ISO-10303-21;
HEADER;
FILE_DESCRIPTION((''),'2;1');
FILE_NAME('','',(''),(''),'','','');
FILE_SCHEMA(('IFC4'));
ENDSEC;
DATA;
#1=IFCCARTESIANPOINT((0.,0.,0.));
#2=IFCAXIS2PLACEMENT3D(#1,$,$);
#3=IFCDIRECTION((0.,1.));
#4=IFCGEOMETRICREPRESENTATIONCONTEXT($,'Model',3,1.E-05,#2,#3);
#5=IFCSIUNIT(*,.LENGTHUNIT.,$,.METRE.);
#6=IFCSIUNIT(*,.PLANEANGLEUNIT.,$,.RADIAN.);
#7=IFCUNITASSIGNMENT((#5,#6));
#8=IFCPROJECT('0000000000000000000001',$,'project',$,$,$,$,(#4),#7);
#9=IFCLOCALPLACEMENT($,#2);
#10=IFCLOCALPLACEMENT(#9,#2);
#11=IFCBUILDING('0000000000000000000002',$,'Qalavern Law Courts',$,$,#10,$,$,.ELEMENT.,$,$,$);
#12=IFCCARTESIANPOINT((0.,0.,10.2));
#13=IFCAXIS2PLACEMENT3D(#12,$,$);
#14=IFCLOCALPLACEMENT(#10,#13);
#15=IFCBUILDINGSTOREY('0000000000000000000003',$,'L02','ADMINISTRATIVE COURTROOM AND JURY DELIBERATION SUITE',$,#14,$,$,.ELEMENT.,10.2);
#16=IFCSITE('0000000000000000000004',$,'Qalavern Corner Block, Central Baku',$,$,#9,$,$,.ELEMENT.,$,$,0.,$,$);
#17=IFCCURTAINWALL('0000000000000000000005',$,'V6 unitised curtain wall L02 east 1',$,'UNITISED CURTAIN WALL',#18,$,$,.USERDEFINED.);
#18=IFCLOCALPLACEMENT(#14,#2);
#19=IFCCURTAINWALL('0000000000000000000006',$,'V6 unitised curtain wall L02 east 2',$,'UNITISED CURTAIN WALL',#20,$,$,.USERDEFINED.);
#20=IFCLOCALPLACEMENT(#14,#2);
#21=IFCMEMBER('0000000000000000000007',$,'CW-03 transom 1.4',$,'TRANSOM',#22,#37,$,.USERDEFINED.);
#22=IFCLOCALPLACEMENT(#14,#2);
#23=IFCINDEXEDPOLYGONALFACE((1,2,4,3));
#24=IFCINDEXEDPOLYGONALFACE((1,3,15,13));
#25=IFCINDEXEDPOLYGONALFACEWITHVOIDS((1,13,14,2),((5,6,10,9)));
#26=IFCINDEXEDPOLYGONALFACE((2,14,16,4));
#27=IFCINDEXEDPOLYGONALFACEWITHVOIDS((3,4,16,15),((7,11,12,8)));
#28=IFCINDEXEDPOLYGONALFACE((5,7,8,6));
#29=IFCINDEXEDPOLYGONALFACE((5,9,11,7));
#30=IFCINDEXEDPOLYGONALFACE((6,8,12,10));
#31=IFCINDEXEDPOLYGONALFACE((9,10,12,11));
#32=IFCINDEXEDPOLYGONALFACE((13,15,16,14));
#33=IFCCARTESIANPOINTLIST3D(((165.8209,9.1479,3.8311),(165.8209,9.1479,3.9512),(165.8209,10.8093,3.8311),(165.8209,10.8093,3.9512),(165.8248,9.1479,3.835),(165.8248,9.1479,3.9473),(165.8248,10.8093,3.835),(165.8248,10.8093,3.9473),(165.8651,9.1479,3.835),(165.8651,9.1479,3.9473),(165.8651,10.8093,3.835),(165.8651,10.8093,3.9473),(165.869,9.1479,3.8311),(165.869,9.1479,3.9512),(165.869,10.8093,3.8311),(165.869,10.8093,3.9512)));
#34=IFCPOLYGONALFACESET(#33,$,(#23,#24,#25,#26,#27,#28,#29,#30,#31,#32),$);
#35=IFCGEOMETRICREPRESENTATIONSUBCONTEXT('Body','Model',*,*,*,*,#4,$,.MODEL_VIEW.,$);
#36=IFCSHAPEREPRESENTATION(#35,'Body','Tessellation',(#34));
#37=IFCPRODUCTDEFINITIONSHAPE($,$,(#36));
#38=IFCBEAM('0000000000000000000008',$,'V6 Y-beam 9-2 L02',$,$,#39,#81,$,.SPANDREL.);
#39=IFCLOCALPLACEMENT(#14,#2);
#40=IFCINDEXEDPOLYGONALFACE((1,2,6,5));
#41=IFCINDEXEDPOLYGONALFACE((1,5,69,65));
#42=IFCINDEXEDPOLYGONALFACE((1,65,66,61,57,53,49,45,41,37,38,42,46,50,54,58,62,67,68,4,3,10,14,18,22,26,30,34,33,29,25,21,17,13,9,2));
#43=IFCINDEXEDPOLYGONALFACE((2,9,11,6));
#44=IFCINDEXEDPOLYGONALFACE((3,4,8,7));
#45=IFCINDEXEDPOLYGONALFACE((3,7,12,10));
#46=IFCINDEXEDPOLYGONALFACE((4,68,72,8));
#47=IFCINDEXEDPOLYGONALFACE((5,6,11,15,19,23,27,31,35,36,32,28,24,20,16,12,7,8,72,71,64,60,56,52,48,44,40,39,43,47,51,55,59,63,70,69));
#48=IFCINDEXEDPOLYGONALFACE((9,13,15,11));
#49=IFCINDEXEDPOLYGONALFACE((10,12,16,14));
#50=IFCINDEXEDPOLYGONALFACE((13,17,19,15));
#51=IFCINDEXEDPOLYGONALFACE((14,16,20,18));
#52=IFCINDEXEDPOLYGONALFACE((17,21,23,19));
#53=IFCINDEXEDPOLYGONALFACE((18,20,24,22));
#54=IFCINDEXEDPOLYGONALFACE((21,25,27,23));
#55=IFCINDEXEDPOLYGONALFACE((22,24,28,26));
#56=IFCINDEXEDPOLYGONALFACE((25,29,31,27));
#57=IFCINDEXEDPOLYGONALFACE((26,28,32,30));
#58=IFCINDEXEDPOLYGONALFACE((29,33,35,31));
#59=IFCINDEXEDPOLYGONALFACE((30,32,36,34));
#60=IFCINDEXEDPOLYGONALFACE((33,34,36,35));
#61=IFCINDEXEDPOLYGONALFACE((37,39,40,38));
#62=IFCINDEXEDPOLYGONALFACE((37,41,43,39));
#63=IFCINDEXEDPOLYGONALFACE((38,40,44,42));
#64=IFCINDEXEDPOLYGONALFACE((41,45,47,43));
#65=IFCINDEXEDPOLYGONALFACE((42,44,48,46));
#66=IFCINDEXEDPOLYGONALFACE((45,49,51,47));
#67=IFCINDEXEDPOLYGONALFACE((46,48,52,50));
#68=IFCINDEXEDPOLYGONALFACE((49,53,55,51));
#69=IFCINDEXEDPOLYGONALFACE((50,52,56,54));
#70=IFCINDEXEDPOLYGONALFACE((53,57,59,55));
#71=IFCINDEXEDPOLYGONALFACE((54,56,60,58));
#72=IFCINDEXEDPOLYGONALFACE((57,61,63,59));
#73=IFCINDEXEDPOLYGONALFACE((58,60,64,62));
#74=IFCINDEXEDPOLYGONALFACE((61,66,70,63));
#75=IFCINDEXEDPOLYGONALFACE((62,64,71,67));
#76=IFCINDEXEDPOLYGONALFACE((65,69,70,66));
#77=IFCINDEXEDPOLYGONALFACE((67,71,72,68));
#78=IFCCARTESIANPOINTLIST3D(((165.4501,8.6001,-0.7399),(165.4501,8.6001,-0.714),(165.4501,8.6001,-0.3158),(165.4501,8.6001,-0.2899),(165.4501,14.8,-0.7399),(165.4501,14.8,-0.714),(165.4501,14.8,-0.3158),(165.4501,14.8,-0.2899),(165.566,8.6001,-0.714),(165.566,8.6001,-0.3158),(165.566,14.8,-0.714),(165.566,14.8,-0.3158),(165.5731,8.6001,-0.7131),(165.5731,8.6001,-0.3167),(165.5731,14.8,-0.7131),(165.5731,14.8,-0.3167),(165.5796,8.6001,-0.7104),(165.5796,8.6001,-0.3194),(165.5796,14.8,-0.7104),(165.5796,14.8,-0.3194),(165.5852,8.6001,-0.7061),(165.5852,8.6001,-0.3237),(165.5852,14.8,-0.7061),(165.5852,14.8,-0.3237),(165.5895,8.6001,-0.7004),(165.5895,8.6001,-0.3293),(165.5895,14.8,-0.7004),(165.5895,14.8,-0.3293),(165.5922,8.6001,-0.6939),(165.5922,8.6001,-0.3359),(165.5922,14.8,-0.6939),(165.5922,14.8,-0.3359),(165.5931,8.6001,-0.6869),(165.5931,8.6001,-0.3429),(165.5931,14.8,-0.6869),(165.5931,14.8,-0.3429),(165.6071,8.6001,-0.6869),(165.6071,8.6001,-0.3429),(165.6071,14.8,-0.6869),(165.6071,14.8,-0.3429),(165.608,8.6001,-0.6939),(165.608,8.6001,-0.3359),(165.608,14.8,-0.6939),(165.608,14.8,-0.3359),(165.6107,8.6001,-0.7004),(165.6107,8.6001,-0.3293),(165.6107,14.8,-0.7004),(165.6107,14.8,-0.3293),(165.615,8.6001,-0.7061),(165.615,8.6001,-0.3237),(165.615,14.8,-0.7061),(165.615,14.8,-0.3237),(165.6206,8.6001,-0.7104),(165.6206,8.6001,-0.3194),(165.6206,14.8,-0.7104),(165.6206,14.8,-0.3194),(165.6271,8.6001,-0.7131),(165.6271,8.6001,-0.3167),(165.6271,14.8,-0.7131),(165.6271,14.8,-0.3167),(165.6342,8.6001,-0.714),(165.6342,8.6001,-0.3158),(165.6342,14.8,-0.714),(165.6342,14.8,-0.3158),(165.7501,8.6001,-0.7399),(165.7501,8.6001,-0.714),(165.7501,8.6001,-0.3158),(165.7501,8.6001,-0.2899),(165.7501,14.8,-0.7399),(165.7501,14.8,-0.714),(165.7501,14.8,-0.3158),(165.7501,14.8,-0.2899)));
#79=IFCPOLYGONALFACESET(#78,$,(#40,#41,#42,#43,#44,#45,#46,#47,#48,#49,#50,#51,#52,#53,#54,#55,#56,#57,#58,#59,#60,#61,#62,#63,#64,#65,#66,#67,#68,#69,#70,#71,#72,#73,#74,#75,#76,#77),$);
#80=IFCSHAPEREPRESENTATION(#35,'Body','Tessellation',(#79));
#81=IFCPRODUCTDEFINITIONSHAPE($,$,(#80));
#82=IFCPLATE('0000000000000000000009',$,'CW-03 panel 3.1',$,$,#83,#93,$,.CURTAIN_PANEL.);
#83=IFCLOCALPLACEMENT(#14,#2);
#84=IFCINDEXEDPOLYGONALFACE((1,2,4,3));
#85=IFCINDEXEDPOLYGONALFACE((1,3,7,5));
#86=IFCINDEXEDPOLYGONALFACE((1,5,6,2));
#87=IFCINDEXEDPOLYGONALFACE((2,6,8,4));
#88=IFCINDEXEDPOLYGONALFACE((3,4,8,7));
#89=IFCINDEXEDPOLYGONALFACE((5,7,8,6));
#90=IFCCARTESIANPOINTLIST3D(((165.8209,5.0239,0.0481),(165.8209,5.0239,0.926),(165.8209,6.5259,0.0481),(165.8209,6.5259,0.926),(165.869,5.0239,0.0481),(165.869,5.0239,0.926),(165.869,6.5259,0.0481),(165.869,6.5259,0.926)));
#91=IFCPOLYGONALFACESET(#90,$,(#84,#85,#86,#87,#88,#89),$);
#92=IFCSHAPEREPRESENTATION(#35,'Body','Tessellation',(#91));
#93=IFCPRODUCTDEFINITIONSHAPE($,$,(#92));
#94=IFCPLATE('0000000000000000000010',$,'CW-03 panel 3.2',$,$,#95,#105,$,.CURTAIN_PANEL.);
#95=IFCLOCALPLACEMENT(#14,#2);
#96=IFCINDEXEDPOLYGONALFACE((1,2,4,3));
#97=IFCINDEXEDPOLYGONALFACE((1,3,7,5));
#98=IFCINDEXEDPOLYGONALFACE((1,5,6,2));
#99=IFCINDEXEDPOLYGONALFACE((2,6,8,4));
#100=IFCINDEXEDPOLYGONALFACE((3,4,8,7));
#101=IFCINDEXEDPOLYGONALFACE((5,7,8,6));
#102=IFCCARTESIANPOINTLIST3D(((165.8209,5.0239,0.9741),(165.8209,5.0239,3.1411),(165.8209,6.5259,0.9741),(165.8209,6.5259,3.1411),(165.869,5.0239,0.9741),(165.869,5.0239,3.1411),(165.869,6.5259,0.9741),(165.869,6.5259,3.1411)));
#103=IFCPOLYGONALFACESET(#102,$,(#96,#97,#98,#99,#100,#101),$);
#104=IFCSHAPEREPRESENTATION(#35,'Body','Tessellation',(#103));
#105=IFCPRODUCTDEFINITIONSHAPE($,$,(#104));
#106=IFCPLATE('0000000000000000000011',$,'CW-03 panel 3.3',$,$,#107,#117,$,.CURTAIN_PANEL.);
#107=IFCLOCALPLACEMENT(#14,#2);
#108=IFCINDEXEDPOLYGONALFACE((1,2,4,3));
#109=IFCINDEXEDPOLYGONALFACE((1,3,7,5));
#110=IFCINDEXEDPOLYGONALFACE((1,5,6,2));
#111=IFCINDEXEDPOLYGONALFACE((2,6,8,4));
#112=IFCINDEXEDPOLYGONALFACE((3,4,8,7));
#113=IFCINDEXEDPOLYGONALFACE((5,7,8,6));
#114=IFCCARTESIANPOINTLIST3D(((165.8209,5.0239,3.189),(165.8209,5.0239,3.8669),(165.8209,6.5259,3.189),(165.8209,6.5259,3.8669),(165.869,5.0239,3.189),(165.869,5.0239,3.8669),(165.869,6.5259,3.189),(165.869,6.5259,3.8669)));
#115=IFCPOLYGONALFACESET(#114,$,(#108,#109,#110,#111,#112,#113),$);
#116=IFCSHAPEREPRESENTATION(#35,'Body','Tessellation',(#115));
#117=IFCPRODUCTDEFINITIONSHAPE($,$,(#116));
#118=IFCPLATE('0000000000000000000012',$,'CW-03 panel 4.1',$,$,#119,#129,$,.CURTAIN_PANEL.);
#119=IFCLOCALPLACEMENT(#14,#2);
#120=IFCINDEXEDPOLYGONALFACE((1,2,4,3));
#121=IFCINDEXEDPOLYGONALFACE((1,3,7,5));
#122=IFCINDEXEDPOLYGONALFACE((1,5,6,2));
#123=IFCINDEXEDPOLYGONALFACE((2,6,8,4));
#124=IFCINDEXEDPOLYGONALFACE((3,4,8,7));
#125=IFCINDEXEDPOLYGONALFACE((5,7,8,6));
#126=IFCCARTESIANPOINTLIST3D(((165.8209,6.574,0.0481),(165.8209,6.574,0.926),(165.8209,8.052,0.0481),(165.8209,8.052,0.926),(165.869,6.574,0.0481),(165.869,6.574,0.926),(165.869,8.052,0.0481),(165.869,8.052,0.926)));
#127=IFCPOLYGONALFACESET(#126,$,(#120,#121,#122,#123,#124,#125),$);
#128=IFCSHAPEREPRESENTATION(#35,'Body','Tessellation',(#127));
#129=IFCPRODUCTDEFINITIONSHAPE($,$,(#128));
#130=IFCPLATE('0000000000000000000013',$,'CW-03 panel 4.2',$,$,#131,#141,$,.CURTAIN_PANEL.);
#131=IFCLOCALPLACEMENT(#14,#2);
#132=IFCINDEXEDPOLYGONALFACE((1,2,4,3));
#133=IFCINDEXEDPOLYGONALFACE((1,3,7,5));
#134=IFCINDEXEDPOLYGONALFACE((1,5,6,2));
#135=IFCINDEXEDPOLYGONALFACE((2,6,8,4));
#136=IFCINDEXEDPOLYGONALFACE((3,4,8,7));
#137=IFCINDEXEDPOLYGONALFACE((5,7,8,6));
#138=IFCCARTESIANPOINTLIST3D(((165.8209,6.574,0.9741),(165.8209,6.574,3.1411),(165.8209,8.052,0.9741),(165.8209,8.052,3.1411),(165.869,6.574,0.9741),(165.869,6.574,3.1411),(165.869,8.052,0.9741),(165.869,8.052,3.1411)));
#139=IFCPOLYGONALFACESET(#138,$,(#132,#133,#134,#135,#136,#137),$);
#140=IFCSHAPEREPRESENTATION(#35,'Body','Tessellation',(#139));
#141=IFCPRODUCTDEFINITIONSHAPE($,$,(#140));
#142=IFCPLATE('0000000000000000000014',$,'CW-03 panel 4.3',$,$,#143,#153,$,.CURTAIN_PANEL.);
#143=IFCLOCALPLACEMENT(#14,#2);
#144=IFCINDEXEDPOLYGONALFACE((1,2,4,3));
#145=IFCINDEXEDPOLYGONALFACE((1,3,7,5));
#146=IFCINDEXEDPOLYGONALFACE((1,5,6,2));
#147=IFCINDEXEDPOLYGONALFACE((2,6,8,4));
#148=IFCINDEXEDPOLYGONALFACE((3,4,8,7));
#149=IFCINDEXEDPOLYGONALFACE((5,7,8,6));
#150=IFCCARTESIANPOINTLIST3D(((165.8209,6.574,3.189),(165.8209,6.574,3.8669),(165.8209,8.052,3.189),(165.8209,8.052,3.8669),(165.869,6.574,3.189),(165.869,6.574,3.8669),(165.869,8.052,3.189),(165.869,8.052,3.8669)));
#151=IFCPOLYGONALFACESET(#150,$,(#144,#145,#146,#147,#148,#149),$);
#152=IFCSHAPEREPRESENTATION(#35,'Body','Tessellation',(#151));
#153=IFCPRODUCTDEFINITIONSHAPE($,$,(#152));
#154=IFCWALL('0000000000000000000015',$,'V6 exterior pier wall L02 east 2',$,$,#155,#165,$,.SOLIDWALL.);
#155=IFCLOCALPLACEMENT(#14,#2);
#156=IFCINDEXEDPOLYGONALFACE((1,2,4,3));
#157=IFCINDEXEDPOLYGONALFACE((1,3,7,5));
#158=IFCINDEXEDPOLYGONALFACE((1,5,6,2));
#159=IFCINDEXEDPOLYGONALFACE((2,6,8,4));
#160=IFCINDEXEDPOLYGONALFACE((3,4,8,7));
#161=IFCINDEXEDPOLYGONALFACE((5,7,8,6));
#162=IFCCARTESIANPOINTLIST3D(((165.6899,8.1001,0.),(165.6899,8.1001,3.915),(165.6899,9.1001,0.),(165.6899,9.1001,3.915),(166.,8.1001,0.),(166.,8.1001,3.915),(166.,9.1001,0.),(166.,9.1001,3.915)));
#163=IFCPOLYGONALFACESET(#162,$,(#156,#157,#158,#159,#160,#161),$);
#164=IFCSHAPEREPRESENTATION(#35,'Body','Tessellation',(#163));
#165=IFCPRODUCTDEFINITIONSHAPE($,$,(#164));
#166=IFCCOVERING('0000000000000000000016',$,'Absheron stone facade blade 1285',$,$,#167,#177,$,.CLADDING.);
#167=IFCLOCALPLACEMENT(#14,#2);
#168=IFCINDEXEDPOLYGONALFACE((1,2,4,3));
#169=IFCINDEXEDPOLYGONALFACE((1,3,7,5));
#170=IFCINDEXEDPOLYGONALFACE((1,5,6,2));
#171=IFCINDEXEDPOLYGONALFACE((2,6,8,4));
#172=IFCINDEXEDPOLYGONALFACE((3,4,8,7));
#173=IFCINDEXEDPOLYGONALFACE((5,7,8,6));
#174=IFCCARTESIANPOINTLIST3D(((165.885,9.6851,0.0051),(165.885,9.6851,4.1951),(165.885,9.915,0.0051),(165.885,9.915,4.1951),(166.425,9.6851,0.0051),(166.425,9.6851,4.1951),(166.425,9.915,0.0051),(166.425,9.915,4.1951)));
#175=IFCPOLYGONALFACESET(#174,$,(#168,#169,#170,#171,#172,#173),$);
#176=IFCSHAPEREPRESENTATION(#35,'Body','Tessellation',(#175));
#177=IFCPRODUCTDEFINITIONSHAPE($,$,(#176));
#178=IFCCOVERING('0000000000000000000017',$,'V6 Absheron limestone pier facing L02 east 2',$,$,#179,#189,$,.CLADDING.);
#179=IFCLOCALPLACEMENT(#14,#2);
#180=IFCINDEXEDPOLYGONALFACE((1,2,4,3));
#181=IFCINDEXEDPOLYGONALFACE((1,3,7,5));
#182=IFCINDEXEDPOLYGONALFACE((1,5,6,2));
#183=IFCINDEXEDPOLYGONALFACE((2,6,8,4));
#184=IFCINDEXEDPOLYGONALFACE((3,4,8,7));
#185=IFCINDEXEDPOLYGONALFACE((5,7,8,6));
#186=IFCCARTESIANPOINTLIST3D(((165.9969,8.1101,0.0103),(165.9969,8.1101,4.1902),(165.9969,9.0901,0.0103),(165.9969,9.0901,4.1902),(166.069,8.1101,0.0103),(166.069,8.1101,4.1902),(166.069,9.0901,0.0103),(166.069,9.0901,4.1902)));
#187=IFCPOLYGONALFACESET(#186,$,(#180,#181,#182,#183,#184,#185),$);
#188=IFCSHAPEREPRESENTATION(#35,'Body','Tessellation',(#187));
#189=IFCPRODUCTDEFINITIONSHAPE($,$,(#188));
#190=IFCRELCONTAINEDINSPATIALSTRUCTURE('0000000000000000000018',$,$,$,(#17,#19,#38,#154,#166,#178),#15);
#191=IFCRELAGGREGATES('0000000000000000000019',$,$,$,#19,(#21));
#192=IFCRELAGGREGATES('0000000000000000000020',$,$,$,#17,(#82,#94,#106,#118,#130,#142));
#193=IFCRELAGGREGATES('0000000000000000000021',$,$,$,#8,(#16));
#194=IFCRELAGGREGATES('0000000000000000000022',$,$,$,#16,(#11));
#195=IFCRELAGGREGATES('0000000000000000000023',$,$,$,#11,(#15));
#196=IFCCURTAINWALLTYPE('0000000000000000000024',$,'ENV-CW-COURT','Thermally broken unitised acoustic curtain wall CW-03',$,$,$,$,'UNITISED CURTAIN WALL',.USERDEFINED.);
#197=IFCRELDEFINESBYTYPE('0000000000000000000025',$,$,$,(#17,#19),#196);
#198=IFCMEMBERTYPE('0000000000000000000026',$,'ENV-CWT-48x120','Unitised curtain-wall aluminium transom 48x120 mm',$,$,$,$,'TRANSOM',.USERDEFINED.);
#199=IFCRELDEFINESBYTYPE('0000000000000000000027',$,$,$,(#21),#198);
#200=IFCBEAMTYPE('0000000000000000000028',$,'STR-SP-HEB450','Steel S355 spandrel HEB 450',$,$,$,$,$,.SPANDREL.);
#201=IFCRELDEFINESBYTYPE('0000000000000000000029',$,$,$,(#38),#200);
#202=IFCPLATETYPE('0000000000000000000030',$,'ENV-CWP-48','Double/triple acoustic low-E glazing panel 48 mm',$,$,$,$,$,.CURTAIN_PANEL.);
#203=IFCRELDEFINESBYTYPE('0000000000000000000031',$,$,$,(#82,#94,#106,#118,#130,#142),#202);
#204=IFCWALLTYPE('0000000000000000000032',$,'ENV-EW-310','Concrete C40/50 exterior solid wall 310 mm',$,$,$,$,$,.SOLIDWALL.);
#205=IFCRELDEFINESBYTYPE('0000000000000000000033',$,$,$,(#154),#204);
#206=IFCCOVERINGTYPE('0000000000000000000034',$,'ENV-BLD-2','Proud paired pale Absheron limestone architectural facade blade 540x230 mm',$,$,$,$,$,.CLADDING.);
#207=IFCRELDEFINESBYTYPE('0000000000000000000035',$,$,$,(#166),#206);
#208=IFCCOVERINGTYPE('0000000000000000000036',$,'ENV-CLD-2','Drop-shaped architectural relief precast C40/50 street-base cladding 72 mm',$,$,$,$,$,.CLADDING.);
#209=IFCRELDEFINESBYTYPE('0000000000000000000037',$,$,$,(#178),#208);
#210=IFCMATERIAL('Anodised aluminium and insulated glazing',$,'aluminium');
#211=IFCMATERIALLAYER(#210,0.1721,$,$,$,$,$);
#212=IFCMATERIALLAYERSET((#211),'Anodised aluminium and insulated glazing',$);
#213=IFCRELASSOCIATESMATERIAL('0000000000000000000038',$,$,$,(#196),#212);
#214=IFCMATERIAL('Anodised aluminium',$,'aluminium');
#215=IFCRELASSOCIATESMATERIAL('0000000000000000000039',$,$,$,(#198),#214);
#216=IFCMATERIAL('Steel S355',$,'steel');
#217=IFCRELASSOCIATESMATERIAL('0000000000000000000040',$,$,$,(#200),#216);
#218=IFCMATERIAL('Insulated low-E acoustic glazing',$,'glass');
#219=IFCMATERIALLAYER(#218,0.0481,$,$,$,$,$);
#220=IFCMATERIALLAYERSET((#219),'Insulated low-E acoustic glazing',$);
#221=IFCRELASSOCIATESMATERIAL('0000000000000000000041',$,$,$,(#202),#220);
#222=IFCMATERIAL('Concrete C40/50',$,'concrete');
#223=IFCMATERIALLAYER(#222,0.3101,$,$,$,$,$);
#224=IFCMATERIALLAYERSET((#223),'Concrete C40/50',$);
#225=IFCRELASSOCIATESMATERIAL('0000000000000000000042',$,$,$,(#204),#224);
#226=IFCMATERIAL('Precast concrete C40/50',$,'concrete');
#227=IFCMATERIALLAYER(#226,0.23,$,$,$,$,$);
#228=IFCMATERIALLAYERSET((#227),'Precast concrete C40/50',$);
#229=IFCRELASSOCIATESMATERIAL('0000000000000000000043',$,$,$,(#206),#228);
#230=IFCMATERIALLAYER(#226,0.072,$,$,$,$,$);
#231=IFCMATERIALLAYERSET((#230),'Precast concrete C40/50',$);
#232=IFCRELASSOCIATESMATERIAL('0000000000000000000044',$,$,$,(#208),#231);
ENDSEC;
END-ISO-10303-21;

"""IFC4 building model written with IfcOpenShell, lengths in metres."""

from ifc_helpers import new_model, si_unit, direction, frame, frame_2d, origin, origin_2d, place, context, subcontext, project, spatial, rectangle, hollow_rectangle, i_section, extrude, material, layer, layer_set, material_profile, profile_set, type_object, element, aggregate, save


model = new_model("IFC4")

# Units and contexts
model_context = context("Model", 3, precision=1e-05, world=origin(), true_north=direction((0.0, 1.0)))
body_context = subcontext(model_context, "Body", "Model", "MODEL_VIEW")
ifc_project = project(units=[si_unit("LENGTHUNIT", "METRE"), si_unit("PLANEANGLEUNIT", "RADIAN")], contexts=[model_context])

# Site, building, storey
site_placement = place(None, origin())
site = spatial("IfcSite", under=ifc_project, at=site_placement, Name="Qalavern Corner Block, Central Baku", CompositionType="ELEMENT", RefElevation=0.0)
building_placement = place(site_placement, origin())
building = spatial("IfcBuilding", under=site, at=building_placement, Name="Qalavern Law Courts", CompositionType="ELEMENT")
storey_placement = place(building_placement, frame((0.0, 0.0, 10.2)))
storey = spatial("IfcBuildingStorey", under=building, at=storey_placement, Name="L02", Description="ADMINISTRATIVE COURTROOM AND JURY DELIBERATION SUITE", CompositionType="ELEMENT", Elevation=10.2)

# Curtain wall
ifc_material_1 = material(Name="Anodised aluminium and insulated glazing", Category="aluminium")
ifc_layer_1 = layer(ifc_material_1, 0.1721)
ifc_layer_set_1 = layer_set([ifc_layer_1], Name="Anodised aluminium and insulated glazing")
curtain_wall_type = type_object("IfcCurtainWallType", Name="ENV-CW-COURT", Description="Thermally broken unitised acoustic curtain wall CW-03", ElementType="UNITISED CURTAIN WALL", PredefinedType="USERDEFINED", material=ifc_layer_set_1)
curtain_wall_1_placement = place(storey_placement, origin())
curtain_wall_1 = element("IfcCurtainWall", 1, at=curtain_wall_1_placement, inside=storey, type_object=curtain_wall_type, Name="V6 unitised curtain wall L02 east 1", ObjectType="UNITISED CURTAIN WALL", PredefinedType="USERDEFINED")
ifc_material_2 = material(Name="Anodised aluminium", Category="aluminium")

# Curtain wall
curtain_wall_2_placement = place(storey_placement, origin())
curtain_wall_2 = element("IfcCurtainWall", 2, at=curtain_wall_2_placement, inside=storey, type_object=curtain_wall_type, Name="V6 unitised curtain wall L02 east 2", ObjectType="UNITISED CURTAIN WALL", PredefinedType="USERDEFINED")

# Member
ifc_material_profile_1 = material_profile(ifc_material_2, hollow_rectangle(XDim=0.0481, YDim=0.1201, WallThickness=0.0039, at=origin_2d()), Name="ALU TRANSOM 48x120")
ifc_profile_set_1 = profile_set([ifc_material_profile_1], Name="Anodised aluminium")
member_type_1 = type_object("IfcMemberType", Name="ENV-CWT-48x120", Description="Unitised curtain-wall aluminium transom 48x120 mm", ElementType="TRANSOM", PredefinedType="USERDEFINED", material=ifc_profile_set_1)
member_1_placement = place(storey_placement, frame((165.845, 9.1479, 3.8911), z_axis=(0.0, 1.0, 0.0), x_axis=(-1.0, 0.0, 0.0)))
member_1 = element("IfcMember", 3, at=member_1_placement, type_object=member_type_1, Name="CW-03 transom 1.4", ObjectType="TRANSOM", PredefinedType="USERDEFINED", context=body_context, shape_type="SweptSolid", body=[
    extrude(hollow_rectangle(XDim=0.0481, YDim=0.1201, WallThickness=0.0039, at=origin_2d()), origin(), (0.0, 0.0, 1.0), 1.6614),
])
aggregate(curtain_wall_2, [member_1])

# Beam
ifc_material_3 = material(Name="Steel S355", Category="steel")
ifc_material_profile_2 = material_profile(ifc_material_3, i_section(OverallWidth=0.3, OverallDepth=0.45, WebThickness=0.0139, FlangeThickness=0.0259, FilletRadius=0.0271, at=origin_2d()), Name="HEB 450")
ifc_profile_set_2 = profile_set([ifc_material_profile_2], Name="Steel S355")
beam_type = type_object("IfcBeamType", Name="STR-SP-HEB450", Description="Steel S355 spandrel HEB 450", PredefinedType="SPANDREL", material=ifc_profile_set_2)
beam_placement = place(storey_placement, frame((165.6001, 8.6001, -0.5149), z_axis=(0.0, 1.0, 0.0), x_axis=(-1.0, 0.0, 0.0)))
element("IfcBeam", 4, at=beam_placement, inside=storey, type_object=beam_type, Name="V6 Y-beam 9-2 L02", PredefinedType="SPANDREL", context=body_context, shape_type="SweptSolid", body=[
    extrude(i_section(OverallWidth=0.3, OverallDepth=0.45, WebThickness=0.0139, FlangeThickness=0.0259, FilletRadius=0.0271, at=origin_2d()), origin(), (0.0, 0.0, 1.0), 6.2),
])

# Plates
ifc_material_4 = material(Name="Insulated low-E acoustic glazing", Category="glass")
ifc_layer_2 = layer(ifc_material_4, 0.0481)
ifc_layer_set_2 = layer_set([ifc_layer_2], Name="Insulated low-E acoustic glazing")
plate_type = type_object("IfcPlateType", Name="ENV-CWP-48", Description="Double/triple acoustic low-E glazing panel 48 mm", PredefinedType="CURTAIN_PANEL", material=ifc_layer_set_2)
plate_1_placement = place(storey_placement, frame((165.845, 5.7749, 0.0481), z_axis=(0.0, 0.0, 1.0), x_axis=(0.0, 1.0, 0.0)))
plate_1 = element("IfcPlate", 5, at=plate_1_placement, type_object=plate_type, Name="CW-03 panel 3.1", PredefinedType="CURTAIN_PANEL", context=body_context, shape_type="SweptSolid", body=[
    extrude(rectangle(XDim=1.502, YDim=0.0481, at=origin_2d()), origin(), (0.0, 0.0, 1.0), 0.8779),
])
plate_2_placement = place(storey_placement, frame((165.845, 5.7749, 0.9741), z_axis=(0.0, 0.0, 1.0), x_axis=(0.0, 1.0, 0.0)))
plate_2 = element("IfcPlate", 6, at=plate_2_placement, type_object=plate_type, Name="CW-03 panel 3.2", PredefinedType="CURTAIN_PANEL", context=body_context, shape_type="SweptSolid", body=[
    extrude(rectangle(XDim=1.502, YDim=0.0481, at=origin_2d()), origin(), (0.0, 0.0, 1.0), 2.167),
])
plate_3_placement = place(storey_placement, frame((165.845, 5.7749, 3.189), z_axis=(0.0, 0.0, 1.0), x_axis=(0.0, 1.0, 0.0)))
plate_3 = element("IfcPlate", 7, at=plate_3_placement, type_object=plate_type, Name="CW-03 panel 3.3", PredefinedType="CURTAIN_PANEL", context=body_context, shape_type="SweptSolid", body=[
    extrude(rectangle(XDim=1.502, YDim=0.0481, at=origin_2d()), origin(), (0.0, 0.0, 1.0), 0.678),
])
plate_4_placement = place(storey_placement, frame((165.845, 7.313, 0.0481), z_axis=(0.0, 0.0, 1.0), x_axis=(0.0, 1.0, 0.0)))
plate_4 = element("IfcPlate", 8, at=plate_4_placement, type_object=plate_type, Name="CW-03 panel 4.1", PredefinedType="CURTAIN_PANEL", context=body_context, shape_type="SweptSolid", body=[
    extrude(rectangle(XDim=1.478, YDim=0.0481, at=origin_2d()), origin(), (0.0, 0.0, 1.0), 0.8779),
])
plate_5_placement = place(storey_placement, frame((165.845, 7.313, 0.9741), z_axis=(0.0, 0.0, 1.0), x_axis=(0.0, 1.0, 0.0)))
plate_5 = element("IfcPlate", 9, at=plate_5_placement, type_object=plate_type, Name="CW-03 panel 4.2", PredefinedType="CURTAIN_PANEL", context=body_context, shape_type="SweptSolid", body=[
    extrude(rectangle(XDim=1.478, YDim=0.0481, at=origin_2d()), origin(), (0.0, 0.0, 1.0), 2.167),
])
plate_6_placement = place(storey_placement, frame((165.845, 7.313, 3.189), z_axis=(0.0, 0.0, 1.0), x_axis=(0.0, 1.0, 0.0)))
plate_6 = element("IfcPlate", 10, at=plate_6_placement, type_object=plate_type, Name="CW-03 panel 4.3", PredefinedType="CURTAIN_PANEL", context=body_context, shape_type="SweptSolid", body=[
    extrude(rectangle(XDim=1.478, YDim=0.0481, at=origin_2d()), origin(), (0.0, 0.0, 1.0), 0.678),
])
aggregate(curtain_wall_1, [plate_1, plate_2, plate_3, plate_4, plate_5, plate_6])

# Wall
ifc_material_5 = material(Name="Concrete C40/50", Category="concrete")
ifc_layer_3 = layer(ifc_material_5, 0.3101)
ifc_layer_set_3 = layer_set([ifc_layer_3], Name="Concrete C40/50")
wall_type = type_object("IfcWallType", Name="ENV-EW-310", Description="Concrete C40/50 exterior solid wall 310 mm", PredefinedType="SOLIDWALL", material=ifc_layer_set_3)
wall_placement = place(storey_placement, frame((165.845, 8.1001, 0.0), z_axis=(0.0, 0.0, 1.0), x_axis=(0.0, 1.0, 0.0)))
element("IfcWall", 11, at=wall_placement, inside=storey, type_object=wall_type, Name="V6 exterior pier wall L02 east 2", PredefinedType="SOLIDWALL", context=body_context, shape_type="SweptSolid", body=[
    extrude(rectangle(XDim=1.0, YDim=0.3101, at=frame_2d((0.5, 0.0))), origin(), (0.0, 0.0, 1.0), 3.915),
])

# Coverings
ifc_material_6 = material(Name="Precast concrete C40/50", Category="concrete")
ifc_layer_4 = layer(ifc_material_6, 0.23)
ifc_layer_set_4 = layer_set([ifc_layer_4], Name="Precast concrete C40/50")
covering_type_1 = type_object("IfcCoveringType", Name="ENV-BLD-2", Description="Proud paired pale Absheron limestone architectural facade blade 540x230 mm", PredefinedType="CLADDING", material=ifc_layer_set_4)
covering_1_placement = place(storey_placement, frame((166.155, 9.8, 0.0051), z_axis=(0.0, 0.0, 1.0), x_axis=(1.0, 0.0, 0.0)))
element("IfcCovering", 12, at=covering_1_placement, inside=storey, type_object=covering_type_1, Name="Absheron stone facade blade 1285", PredefinedType="CLADDING", context=body_context, shape_type="SweptSolid", body=[
    extrude(rectangle(XDim=0.54, YDim=0.23, at=origin_2d()), origin(), (0.0, 0.0, 1.0), 4.1899),
])
ifc_layer_5 = layer(ifc_material_6, 0.072)
ifc_layer_set_5 = layer_set([ifc_layer_5], Name="Precast concrete C40/50")
covering_type_2 = type_object("IfcCoveringType", Name="ENV-CLD-2", Description="Drop-shaped architectural relief precast C40/50 street-base cladding 72 mm", PredefinedType="CLADDING", material=ifc_layer_set_5)
covering_2_placement = place(storey_placement, frame((166.033, 8.6001, 0.0103), z_axis=(0.0, 0.0, 1.0), x_axis=(0.0, 1.0, 0.0)))
element("IfcCovering", 13, at=covering_2_placement, inside=storey, type_object=covering_type_2, Name="V6 Absheron limestone pier facing L02 east 2", PredefinedType="CLADDING", context=body_context, shape_type="SweptSolid", body=[
    extrude(rectangle(XDim=0.98, YDim=0.072, at=origin_2d()), origin(), (0.0, 0.0, 1.0), 4.1799),
])

save(model, "model.ifc")
